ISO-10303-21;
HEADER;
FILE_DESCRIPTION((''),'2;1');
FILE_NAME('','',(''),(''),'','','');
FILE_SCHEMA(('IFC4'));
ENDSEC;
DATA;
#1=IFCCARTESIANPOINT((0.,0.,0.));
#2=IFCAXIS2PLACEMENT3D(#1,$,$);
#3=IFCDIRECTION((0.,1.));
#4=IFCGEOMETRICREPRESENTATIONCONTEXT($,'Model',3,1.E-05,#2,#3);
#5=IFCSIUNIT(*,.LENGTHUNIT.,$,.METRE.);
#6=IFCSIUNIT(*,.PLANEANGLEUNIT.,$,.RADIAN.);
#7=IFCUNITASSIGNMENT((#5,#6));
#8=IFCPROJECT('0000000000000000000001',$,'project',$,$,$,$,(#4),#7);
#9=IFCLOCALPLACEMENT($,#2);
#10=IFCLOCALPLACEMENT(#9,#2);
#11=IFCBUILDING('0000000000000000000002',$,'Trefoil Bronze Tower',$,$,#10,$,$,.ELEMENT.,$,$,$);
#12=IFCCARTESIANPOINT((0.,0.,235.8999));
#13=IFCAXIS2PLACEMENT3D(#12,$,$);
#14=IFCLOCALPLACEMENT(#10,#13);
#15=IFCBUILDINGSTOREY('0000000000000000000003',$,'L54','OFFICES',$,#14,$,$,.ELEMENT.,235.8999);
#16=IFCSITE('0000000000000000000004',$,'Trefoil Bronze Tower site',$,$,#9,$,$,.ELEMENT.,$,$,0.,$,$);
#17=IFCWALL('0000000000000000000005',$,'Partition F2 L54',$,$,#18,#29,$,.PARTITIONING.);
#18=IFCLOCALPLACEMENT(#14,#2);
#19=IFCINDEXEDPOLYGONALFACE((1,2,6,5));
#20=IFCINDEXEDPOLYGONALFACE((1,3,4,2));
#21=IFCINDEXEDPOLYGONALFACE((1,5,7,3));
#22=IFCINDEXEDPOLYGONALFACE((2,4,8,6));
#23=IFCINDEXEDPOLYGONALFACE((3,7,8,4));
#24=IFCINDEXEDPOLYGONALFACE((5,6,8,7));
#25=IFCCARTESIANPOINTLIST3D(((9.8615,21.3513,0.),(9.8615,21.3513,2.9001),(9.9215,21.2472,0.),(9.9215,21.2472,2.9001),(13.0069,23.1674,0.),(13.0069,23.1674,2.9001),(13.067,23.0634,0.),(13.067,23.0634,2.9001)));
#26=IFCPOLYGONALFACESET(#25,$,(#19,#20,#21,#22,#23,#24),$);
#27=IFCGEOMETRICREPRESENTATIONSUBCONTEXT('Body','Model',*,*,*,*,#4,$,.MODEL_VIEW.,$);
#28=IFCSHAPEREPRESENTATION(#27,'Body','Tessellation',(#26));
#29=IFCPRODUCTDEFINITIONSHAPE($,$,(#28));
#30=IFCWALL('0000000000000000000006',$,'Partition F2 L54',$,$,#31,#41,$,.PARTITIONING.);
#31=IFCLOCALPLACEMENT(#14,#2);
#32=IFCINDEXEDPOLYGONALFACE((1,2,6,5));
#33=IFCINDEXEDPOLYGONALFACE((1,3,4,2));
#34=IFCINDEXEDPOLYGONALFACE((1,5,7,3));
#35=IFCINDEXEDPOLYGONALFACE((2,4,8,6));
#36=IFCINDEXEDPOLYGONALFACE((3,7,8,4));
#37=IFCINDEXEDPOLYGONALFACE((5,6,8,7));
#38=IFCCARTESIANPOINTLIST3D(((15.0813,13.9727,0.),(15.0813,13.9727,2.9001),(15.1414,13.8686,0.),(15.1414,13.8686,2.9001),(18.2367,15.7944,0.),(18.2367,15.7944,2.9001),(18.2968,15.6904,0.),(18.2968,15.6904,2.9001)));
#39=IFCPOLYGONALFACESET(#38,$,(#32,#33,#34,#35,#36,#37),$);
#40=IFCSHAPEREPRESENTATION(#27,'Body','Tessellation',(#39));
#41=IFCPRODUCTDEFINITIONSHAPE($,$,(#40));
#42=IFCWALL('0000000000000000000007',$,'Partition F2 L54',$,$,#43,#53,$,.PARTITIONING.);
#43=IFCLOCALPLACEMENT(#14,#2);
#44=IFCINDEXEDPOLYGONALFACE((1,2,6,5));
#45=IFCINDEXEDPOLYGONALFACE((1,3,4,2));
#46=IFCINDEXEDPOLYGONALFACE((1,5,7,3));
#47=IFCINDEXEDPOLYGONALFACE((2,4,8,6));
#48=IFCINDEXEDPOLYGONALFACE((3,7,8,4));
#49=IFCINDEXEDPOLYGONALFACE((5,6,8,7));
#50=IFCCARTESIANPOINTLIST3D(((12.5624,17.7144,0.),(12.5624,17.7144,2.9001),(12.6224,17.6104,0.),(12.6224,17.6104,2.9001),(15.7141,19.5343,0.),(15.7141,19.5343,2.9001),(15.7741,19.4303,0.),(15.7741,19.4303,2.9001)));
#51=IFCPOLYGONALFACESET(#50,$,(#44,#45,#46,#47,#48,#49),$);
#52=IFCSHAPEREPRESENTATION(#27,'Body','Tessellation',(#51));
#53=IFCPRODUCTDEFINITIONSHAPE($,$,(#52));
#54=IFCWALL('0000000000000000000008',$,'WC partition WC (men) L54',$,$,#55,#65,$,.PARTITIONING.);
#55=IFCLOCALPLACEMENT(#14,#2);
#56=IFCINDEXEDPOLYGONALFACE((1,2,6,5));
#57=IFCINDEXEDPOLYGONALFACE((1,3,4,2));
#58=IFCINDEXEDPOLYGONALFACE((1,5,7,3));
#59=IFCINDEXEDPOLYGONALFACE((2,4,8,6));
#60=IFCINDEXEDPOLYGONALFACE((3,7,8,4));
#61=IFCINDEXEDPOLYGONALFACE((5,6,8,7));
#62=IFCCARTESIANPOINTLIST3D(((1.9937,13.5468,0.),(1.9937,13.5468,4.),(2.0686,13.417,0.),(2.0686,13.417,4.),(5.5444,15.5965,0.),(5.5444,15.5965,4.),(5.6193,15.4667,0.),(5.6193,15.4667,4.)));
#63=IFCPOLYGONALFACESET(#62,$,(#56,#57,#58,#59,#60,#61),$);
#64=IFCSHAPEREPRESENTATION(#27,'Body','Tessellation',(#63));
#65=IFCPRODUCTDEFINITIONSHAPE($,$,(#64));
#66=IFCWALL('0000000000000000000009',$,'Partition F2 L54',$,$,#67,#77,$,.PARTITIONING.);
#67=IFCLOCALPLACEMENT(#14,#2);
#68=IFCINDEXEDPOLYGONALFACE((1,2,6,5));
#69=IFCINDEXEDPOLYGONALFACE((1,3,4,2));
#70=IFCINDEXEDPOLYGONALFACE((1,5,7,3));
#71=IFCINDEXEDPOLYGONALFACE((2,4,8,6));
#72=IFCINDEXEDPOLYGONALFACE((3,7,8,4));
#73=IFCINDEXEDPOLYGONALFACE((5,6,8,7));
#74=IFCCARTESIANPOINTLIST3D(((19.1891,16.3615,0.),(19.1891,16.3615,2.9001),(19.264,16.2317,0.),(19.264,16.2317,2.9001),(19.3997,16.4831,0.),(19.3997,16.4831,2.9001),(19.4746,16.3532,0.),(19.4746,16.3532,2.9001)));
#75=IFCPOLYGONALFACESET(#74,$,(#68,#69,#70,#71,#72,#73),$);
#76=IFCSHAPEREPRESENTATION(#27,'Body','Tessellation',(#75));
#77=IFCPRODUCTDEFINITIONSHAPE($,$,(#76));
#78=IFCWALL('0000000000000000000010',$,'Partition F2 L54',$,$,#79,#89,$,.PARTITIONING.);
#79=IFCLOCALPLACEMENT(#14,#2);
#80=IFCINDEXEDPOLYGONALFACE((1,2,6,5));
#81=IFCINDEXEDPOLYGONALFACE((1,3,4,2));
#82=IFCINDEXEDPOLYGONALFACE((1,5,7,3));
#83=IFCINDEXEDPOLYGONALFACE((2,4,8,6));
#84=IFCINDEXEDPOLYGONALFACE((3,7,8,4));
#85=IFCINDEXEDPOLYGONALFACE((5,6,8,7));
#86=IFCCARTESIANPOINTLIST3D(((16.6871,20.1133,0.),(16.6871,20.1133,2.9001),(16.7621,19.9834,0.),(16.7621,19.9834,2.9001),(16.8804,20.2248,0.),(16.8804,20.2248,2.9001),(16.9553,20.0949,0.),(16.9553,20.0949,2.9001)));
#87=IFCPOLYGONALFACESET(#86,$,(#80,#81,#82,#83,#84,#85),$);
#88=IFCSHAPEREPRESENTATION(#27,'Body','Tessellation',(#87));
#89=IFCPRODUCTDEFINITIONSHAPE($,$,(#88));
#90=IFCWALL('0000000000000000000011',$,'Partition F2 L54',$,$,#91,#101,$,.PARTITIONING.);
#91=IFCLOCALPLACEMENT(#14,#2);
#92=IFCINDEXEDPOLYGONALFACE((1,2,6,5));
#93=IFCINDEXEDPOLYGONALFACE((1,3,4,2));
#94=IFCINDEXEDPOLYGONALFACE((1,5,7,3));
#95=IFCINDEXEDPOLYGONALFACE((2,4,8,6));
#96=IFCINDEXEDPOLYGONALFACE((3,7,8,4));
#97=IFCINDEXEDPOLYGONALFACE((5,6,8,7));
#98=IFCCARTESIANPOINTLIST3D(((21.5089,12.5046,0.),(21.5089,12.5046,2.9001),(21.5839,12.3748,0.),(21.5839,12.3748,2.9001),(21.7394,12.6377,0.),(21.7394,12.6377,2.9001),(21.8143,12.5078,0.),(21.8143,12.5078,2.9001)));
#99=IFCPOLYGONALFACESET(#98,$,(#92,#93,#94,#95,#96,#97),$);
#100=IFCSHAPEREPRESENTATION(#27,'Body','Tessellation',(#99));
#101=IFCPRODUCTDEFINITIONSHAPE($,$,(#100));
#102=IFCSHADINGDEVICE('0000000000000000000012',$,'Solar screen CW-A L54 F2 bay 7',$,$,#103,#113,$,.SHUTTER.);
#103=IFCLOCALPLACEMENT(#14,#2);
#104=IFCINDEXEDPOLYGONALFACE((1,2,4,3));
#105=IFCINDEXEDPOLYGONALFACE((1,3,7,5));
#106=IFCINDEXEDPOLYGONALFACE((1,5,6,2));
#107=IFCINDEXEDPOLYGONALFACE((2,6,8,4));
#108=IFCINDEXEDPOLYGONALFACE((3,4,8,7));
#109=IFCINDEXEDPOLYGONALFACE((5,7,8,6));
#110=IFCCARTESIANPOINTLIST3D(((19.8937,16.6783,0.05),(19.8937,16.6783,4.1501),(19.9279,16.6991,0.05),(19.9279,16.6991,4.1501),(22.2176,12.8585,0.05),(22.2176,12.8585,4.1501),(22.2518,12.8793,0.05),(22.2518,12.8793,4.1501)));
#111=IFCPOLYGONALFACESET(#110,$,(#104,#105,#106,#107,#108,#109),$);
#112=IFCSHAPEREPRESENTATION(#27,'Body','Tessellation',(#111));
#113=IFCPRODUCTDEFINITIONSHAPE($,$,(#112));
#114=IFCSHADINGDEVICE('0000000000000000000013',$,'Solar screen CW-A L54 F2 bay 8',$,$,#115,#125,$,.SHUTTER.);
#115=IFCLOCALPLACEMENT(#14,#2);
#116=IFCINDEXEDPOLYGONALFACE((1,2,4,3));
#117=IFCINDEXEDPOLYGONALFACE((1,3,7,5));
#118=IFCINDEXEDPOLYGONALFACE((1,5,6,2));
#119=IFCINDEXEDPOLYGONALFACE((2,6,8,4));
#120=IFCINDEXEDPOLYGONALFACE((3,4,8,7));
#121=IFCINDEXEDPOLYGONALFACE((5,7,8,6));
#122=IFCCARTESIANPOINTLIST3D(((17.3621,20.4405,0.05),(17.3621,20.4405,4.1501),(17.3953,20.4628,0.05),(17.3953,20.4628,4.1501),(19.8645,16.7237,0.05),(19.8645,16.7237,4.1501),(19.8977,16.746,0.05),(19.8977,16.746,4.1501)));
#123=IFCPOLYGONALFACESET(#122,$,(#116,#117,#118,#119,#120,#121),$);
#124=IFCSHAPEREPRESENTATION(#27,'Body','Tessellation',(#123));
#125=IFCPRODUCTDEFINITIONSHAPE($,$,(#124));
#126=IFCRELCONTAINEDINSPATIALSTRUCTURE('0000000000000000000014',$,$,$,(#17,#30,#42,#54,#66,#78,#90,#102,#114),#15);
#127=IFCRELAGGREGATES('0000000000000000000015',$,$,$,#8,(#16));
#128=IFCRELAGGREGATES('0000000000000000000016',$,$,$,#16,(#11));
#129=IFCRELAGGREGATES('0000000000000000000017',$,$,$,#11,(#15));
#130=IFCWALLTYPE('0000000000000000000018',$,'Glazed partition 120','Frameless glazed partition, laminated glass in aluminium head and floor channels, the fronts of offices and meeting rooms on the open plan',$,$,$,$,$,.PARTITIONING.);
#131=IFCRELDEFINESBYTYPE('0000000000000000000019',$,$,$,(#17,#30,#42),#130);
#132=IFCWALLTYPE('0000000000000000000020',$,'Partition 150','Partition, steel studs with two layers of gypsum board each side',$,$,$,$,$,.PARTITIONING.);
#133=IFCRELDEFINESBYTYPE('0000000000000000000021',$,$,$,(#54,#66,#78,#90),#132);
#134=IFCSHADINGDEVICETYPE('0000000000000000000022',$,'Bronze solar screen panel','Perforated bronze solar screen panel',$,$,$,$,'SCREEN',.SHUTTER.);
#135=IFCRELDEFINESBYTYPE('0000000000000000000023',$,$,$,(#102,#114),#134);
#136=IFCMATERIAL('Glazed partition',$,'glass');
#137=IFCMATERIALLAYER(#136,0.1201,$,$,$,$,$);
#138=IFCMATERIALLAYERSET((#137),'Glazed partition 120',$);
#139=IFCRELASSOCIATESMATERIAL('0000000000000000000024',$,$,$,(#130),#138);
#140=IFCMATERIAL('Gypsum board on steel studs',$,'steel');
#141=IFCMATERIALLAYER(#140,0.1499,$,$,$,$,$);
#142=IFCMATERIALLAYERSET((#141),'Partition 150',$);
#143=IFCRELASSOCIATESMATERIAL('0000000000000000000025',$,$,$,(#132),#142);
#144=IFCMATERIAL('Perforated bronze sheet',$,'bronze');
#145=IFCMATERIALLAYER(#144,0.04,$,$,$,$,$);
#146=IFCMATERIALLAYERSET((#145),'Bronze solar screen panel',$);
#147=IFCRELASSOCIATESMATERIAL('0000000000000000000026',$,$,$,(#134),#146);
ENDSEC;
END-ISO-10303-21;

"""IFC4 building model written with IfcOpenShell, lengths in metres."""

from ifc_helpers import new_model, si_unit, direction, frame, frame_2d, origin, origin_2d, place, context, subcontext, project, spatial, rectangle, extrude, material, layer, layer_set, type_object, element, save


model = new_model("IFC4")

# Units and contexts
model_context = context("Model", 3, precision=1e-05, world=origin(), true_north=direction((0.0, 1.0)))
body_context = subcontext(model_context, "Body", "Model", "MODEL_VIEW")
ifc_project = project(units=[si_unit("LENGTHUNIT", "METRE"), si_unit("PLANEANGLEUNIT", "RADIAN")], contexts=[model_context])

# Site, building, storey
site_placement = place(None, origin())
site = spatial("IfcSite", under=ifc_project, at=site_placement, Name="Trefoil Bronze Tower site", CompositionType="ELEMENT", RefElevation=0.0)
building_placement = place(site_placement, origin())
building = spatial("IfcBuilding", under=site, at=building_placement, Name="Trefoil Bronze Tower", CompositionType="ELEMENT")
storey_placement = place(building_placement, frame((0.0, 0.0, 235.8999)))
storey = spatial("IfcBuildingStorey", under=building, at=storey_placement, Name="L54", Description="OFFICES", CompositionType="ELEMENT", Elevation=235.8999)

# Shared definitions
ifc_material_1 = material(Name="Glazed partition", Category="glass")
ifc_layer_1 = layer(ifc_material_1, 0.1201)
ifc_layer_set_1 = layer_set([ifc_layer_1], Name="Glazed partition 120")
wall_type_1 = type_object("IfcWallType", Name="Glazed partition 120", Description="Frameless glazed partition, laminated glass in aluminium head and floor channels, the fronts of offices and meeting rooms on the open plan", PredefinedType="PARTITIONING", material=ifc_layer_set_1)

# Walls
wall_1_placement = place(storey_placement, frame((9.8916, 21.2993, 0.0), z_axis=(0.0, 0.0, 1.0), x_axis=(0.866013, 0.500021, 0.0)))
element("IfcWall", 1, at=wall_1_placement, inside=storey, type_object=wall_type_1, Name="Partition F2 L54", PredefinedType="PARTITIONING", context=body_context, shape_type="SweptSolid", body=[
    extrude(rectangle(XDim=3.6321, YDim=0.1201, at=frame_2d((1.8159, 0.0))), origin(), (0.0, 0.0, 1.0), 2.9001),
])
wall_2_placement = place(storey_placement, frame((15.1113, 13.9207, 0.0), z_axis=(0.0, 0.0, 1.0), x_axis=(0.866033, 0.499987, 0.0)))
element("IfcWall", 2, at=wall_2_placement, inside=storey, type_object=wall_type_1, Name="Partition F2 L54", PredefinedType="PARTITIONING", context=body_context, shape_type="SweptSolid", body=[
    extrude(rectangle(XDim=3.6436, YDim=0.1201, at=frame_2d((1.8218, 0.0))), origin(), (0.0, 0.0, 1.0), 2.9001),
])
wall_3_placement = place(storey_placement, frame((12.5923, 17.6624, 0.0), z_axis=(0.0, 0.0, 1.0), x_axis=(0.865997, 0.50005, 0.0)))
element("IfcWall", 3, at=wall_3_placement, inside=storey, type_object=wall_type_1, Name="Partition F2 L54", PredefinedType="PARTITIONING", context=body_context, shape_type="SweptSolid", body=[
    extrude(rectangle(XDim=3.6394, YDim=0.1201, at=frame_2d((1.8198, 0.0))), origin(), (0.0, 0.0, 1.0), 2.9001),
])
ifc_material_2 = material(Name="Gypsum board on steel studs", Category="steel")
ifc_layer_2 = layer(ifc_material_2, 0.1499)
ifc_layer_set_2 = layer_set([ifc_layer_2], Name="Partition 150")
wall_type_2 = type_object("IfcWallType", Name="Partition 150", Description="Partition, steel studs with two layers of gypsum board each side", PredefinedType="PARTITIONING", material=ifc_layer_set_2)
wall_4_placement = place(storey_placement, frame((2.0312, 13.4819, 0.0), z_axis=(0.0, 0.0, 1.0), x_axis=(0.866051, 0.499956, 0.0)))
element("IfcWall", 4, at=wall_4_placement, inside=storey, type_object=wall_type_2, Name="WC partition WC (men) L54", PredefinedType="PARTITIONING", context=body_context, shape_type="SweptSolid", body=[
    extrude(rectangle(XDim=4.0999, YDim=0.1499, at=frame_2d((2.0498, 0.0))), origin(), (0.0, 0.0, 1.0), 4.0),
])
wall_5_placement = place(storey_placement, frame((19.2266, 16.2966, 0.0), z_axis=(0.0, 0.0, 1.0), x_axis=(0.866135, 0.499809, 0.0)))
element("IfcWall", 5, at=wall_5_placement, inside=storey, type_object=wall_type_2, Name="Partition F2 L54", PredefinedType="PARTITIONING", context=body_context, shape_type="SweptSolid", body=[
    extrude(rectangle(XDim=0.2432, YDim=0.1499, at=frame_2d((0.1216, 0.0))), origin(), (0.0, 0.0, 1.0), 2.9001),
])
wall_6_placement = place(storey_placement, frame((16.7246, 20.0483, 0.0), z_axis=(0.0, 0.0, 1.0), x_axis=(0.866149, 0.499786, 0.0)))
element("IfcWall", 6, at=wall_6_placement, inside=storey, type_object=wall_type_2, Name="Partition F2 L54", PredefinedType="PARTITIONING", context=body_context, shape_type="SweptSolid", body=[
    extrude(rectangle(XDim=0.2231, YDim=0.1499, at=frame_2d((0.1116, 0.0))), origin(), (0.0, 0.0, 1.0), 2.9001),
])
wall_7_placement = place(storey_placement, frame((21.5464, 12.4397, 0.0), z_axis=(0.0, 0.0, 1.0), x_axis=(0.866033, 0.499987, 0.0)))
element("IfcWall", 7, at=wall_7_placement, inside=storey, type_object=wall_type_2, Name="Partition F2 L54", PredefinedType="PARTITIONING", context=body_context, shape_type="SweptSolid", body=[
    extrude(rectangle(XDim=0.2661, YDim=0.1499, at=frame_2d((0.1331, 0.0))), origin(), (0.0, 0.0, 1.0), 2.9001),
])

# Shading devices
ifc_material_3 = material(Name="Perforated bronze sheet", Category="bronze")
ifc_layer_3 = layer(ifc_material_3, 0.04)
ifc_layer_set_3 = layer_set([ifc_layer_3], Name="Bronze solar screen panel")
shading_device_type = type_object("IfcShadingDeviceType", Name="Bronze solar screen panel", Description="Perforated bronze solar screen panel", ElementType="SCREEN", PredefinedType="SHUTTER", material=ifc_layer_set_3)
shading_device_1_placement = place(storey_placement, frame((21.0728, 14.7788, 0.05), z_axis=(0.0, 0.0, 1.0), x_axis=(-0.519762, 0.854311, 0.0)))
element("IfcShadingDevice", 8, at=shading_device_1_placement, inside=storey, type_object=shading_device_type, Name="Solar screen CW-A L54 F2 bay 7", PredefinedType="SHUTTER", context=body_context, shape_type="SweptSolid", body=[
    extrude(rectangle(XDim=4.4712, YDim=0.04, at=origin_2d()), origin(), (0.0, 0.0, 1.0), 4.1001),
])
shading_device_2_placement = place(storey_placement, frame((18.6299, 18.5933, 0.05), z_axis=(0.0, 0.0, 1.0), x_axis=(-0.558493, 0.829509, 0.0)))
element("IfcShadingDevice", 9, at=shading_device_2_placement, inside=storey, type_object=shading_device_type, Name="Solar screen CW-A L54 F2 bay 8", PredefinedType="SHUTTER", context=body_context, shape_type="SweptSolid", body=[
    extrude(rectangle(XDim=4.4807, YDim=0.04, at=origin_2d()), origin(), (0.0, 0.0, 1.0), 4.1001),
])

save(model, "model.ifc")
